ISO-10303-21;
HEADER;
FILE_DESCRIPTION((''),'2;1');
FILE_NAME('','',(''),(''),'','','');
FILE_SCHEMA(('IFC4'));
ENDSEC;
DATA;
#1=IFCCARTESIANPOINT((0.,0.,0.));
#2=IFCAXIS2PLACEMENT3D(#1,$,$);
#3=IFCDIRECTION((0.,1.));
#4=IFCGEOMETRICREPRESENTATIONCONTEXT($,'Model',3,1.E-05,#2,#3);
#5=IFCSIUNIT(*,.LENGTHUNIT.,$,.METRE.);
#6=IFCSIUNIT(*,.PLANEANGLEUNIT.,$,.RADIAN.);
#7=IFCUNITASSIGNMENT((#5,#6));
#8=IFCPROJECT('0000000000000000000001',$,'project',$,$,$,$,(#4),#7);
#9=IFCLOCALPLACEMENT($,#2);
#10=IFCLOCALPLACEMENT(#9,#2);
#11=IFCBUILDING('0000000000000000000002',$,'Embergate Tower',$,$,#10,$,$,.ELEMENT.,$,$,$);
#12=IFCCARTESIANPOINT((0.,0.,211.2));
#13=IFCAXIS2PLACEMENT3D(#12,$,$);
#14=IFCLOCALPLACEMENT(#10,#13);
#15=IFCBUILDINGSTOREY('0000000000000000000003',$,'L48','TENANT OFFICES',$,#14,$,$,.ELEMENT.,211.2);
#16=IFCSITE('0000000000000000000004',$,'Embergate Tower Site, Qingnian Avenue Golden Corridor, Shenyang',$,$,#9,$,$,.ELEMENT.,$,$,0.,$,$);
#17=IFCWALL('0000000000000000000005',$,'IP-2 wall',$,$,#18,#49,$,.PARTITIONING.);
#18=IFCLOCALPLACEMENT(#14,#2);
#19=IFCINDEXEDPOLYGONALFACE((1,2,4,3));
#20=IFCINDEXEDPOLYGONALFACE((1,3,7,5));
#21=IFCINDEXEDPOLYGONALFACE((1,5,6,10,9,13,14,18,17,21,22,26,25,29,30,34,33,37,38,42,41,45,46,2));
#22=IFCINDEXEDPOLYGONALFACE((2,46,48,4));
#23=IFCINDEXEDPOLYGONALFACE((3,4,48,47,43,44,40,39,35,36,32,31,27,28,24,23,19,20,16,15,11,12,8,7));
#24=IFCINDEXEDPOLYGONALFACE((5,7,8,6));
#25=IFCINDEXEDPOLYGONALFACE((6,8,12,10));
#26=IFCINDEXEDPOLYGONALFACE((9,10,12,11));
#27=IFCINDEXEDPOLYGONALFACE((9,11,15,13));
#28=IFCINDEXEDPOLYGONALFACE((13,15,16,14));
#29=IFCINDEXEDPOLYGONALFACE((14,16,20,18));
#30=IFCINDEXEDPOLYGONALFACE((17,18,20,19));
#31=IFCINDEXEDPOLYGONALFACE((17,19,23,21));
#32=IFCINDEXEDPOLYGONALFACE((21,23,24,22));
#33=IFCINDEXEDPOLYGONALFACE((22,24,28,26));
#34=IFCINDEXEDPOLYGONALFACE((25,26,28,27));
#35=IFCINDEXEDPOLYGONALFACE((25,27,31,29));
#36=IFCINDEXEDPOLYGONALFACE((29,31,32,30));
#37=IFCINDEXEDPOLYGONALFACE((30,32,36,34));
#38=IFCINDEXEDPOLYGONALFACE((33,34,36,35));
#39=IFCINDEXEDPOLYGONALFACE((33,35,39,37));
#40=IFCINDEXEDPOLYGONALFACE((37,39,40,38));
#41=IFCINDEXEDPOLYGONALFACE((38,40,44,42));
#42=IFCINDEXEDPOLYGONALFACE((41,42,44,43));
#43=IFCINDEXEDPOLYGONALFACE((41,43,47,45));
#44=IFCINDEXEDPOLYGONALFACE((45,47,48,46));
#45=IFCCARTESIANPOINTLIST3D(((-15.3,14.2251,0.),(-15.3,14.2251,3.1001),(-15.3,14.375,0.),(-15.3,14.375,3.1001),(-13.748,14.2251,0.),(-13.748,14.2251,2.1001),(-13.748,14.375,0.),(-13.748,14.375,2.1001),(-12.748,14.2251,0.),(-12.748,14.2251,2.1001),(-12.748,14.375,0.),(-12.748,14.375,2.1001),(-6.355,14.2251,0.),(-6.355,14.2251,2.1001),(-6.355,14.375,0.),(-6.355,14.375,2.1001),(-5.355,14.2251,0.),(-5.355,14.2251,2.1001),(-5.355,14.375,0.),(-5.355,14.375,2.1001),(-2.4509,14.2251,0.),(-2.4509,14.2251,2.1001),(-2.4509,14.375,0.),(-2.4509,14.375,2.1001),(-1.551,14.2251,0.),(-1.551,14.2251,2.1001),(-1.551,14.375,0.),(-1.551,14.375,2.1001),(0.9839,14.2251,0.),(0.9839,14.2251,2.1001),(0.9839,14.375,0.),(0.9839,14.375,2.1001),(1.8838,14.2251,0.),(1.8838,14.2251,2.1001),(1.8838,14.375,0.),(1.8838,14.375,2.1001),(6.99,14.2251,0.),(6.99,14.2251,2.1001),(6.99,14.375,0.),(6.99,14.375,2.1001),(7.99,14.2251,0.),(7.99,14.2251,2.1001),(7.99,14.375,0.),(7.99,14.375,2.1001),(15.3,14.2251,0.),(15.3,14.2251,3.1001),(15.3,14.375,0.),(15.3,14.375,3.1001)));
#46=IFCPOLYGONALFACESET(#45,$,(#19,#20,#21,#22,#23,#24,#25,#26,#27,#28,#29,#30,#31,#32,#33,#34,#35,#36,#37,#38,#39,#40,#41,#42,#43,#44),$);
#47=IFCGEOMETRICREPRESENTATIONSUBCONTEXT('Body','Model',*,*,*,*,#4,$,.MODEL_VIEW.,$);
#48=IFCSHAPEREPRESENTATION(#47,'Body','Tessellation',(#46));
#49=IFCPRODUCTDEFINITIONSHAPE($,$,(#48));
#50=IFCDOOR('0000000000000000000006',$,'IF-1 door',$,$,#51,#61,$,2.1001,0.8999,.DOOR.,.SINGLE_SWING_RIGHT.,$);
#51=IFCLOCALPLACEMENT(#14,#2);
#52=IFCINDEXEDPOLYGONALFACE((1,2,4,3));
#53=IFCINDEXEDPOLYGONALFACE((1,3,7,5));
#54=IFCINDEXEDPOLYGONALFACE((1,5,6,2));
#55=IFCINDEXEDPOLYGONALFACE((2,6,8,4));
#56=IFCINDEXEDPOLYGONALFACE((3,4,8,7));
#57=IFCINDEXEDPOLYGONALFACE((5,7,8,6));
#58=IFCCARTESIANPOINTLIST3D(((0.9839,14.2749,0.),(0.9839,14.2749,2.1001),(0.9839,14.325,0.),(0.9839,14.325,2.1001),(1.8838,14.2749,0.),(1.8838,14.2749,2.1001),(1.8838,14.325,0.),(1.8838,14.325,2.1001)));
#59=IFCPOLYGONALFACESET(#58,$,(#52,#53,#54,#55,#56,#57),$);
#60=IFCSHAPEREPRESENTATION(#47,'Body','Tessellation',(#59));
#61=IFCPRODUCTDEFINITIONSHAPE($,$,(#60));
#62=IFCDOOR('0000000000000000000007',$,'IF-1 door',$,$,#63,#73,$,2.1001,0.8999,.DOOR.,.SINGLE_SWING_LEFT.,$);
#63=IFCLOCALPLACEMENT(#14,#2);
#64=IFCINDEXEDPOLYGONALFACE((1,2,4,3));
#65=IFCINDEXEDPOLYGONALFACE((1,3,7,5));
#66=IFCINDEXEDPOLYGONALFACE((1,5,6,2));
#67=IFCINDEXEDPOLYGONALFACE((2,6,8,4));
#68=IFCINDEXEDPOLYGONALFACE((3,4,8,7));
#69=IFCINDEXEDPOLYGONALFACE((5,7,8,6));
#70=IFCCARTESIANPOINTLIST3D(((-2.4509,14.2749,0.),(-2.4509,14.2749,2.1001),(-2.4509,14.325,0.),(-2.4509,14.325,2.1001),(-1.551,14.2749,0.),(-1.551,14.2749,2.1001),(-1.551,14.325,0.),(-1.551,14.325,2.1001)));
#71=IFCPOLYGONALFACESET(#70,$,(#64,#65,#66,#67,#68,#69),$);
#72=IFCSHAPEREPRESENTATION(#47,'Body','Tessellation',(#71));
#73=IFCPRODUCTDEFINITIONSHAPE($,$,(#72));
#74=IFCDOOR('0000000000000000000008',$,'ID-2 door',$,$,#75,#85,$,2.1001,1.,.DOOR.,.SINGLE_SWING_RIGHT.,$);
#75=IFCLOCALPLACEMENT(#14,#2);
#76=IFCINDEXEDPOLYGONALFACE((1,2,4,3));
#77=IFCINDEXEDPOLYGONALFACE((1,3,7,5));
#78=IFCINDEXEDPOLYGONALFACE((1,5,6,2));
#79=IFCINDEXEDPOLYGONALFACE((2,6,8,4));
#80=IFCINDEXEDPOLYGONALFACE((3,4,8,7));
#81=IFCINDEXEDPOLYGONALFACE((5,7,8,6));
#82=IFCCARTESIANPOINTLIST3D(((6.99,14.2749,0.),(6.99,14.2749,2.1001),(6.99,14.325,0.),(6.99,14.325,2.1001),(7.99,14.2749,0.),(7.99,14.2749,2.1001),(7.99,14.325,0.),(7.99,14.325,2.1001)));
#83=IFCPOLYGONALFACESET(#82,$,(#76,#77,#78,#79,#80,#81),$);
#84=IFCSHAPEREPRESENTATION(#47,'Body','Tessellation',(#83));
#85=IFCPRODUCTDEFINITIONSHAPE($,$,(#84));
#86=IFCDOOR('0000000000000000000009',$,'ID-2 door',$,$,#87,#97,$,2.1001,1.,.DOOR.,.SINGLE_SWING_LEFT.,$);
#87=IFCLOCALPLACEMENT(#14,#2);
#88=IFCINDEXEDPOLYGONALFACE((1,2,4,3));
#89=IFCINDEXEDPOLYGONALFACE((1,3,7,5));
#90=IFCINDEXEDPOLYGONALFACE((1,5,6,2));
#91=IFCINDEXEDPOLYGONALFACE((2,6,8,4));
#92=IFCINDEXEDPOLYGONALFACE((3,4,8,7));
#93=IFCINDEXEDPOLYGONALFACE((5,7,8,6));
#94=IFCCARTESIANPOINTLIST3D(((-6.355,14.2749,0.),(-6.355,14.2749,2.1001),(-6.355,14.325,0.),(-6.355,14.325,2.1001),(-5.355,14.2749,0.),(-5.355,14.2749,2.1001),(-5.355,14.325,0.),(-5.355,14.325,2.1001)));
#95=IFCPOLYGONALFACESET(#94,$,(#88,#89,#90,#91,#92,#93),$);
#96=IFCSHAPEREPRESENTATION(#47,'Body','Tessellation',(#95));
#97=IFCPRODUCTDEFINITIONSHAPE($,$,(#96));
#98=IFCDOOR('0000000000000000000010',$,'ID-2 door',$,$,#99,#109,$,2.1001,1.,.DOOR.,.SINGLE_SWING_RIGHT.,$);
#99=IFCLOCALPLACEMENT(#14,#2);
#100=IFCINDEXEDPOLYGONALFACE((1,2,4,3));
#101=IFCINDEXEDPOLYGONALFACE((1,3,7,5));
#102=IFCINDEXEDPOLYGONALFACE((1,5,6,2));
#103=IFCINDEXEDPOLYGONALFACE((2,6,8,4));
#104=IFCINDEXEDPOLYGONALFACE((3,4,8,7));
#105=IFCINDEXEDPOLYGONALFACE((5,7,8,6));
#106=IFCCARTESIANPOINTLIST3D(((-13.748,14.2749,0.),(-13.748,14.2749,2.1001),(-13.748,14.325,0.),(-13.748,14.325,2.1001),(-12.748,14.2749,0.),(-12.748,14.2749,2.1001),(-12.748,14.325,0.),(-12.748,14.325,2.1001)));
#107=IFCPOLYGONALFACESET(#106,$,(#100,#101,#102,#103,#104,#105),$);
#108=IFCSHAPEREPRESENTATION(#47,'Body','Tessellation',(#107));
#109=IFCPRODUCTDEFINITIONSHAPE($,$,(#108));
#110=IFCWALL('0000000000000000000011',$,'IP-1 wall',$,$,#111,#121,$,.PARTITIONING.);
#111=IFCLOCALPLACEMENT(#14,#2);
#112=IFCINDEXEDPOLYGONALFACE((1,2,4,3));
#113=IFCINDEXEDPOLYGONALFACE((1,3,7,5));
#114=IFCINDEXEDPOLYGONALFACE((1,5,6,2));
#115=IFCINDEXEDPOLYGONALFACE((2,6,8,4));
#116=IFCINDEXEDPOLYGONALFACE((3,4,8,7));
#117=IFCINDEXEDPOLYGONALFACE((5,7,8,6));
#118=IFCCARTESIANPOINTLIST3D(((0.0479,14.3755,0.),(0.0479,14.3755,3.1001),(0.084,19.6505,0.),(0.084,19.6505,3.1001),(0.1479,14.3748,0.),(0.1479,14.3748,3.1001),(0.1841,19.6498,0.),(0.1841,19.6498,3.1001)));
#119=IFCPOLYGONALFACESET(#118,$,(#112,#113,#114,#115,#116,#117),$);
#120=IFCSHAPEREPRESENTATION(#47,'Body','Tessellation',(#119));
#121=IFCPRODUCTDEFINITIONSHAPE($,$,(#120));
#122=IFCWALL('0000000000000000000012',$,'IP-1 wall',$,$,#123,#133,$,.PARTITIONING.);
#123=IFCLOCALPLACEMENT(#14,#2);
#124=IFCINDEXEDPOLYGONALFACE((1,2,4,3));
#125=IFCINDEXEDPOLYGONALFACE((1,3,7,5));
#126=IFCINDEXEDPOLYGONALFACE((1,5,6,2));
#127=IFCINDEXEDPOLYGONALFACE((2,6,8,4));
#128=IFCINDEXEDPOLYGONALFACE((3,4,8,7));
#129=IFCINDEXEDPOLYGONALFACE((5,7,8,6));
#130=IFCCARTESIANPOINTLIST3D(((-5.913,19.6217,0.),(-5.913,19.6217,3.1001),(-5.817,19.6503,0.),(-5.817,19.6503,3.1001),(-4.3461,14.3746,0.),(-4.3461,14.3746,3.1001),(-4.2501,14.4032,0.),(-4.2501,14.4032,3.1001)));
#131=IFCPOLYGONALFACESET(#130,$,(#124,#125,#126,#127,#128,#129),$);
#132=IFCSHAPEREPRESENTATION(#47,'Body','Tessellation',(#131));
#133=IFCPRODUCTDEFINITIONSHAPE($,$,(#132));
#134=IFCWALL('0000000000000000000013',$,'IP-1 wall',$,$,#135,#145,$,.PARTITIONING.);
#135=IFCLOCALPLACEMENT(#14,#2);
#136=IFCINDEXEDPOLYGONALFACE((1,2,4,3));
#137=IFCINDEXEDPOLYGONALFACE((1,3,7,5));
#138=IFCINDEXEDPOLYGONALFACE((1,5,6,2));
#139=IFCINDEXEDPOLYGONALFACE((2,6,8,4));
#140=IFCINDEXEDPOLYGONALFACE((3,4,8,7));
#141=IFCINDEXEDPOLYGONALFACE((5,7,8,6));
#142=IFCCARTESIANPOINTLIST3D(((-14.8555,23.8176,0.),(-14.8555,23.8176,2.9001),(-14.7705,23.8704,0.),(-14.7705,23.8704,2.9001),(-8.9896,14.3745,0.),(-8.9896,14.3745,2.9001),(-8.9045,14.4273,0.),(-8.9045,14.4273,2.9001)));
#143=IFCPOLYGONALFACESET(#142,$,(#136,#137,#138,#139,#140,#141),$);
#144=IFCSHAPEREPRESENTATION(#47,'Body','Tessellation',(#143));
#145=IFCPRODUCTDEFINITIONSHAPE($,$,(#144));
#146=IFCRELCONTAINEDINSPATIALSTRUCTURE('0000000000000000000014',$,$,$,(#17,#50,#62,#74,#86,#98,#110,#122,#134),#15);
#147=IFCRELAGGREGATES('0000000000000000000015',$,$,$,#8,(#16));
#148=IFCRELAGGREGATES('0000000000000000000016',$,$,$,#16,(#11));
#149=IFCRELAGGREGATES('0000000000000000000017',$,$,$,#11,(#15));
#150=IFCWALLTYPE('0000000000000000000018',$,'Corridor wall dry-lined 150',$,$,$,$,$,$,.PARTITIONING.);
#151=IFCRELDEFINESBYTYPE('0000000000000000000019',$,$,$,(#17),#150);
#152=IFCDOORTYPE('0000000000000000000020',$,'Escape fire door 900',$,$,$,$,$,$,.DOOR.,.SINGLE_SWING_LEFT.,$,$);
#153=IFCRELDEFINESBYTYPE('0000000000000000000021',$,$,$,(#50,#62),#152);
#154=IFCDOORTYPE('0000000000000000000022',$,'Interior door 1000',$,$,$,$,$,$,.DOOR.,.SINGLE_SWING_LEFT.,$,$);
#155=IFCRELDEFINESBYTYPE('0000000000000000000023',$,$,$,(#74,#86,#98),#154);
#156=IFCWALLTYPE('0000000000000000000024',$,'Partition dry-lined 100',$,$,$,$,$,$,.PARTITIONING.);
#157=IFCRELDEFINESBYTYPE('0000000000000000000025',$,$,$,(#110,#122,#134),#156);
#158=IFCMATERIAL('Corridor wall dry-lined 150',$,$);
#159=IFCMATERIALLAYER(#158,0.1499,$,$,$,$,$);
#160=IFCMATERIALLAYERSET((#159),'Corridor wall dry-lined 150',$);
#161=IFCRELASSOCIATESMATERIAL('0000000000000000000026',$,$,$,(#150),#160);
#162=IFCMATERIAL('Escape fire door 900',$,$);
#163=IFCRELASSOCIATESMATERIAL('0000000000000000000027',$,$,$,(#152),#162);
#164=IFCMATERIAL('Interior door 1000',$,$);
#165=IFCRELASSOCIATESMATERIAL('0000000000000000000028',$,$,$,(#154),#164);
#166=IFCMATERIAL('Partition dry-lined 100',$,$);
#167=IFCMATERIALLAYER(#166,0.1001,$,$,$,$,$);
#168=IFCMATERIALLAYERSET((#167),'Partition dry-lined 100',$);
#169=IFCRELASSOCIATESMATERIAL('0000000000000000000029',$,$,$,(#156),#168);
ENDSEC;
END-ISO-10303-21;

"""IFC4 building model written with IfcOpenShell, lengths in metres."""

from ifc_helpers import new_model, si_unit, direction, frame, frame_2d, origin, place, context, subcontext, project, spatial, rectangle, extrude, source, transform, mapped, material, layer, layer_set, type_object, element, fill, save


model = new_model("IFC4")

# Units and contexts
model_context = context("Model", 3, precision=1e-05, world=origin(), true_north=direction((0.0, 1.0)))
body_context = subcontext(model_context, "Body", "Model", "MODEL_VIEW")
ifc_project = project(units=[si_unit("LENGTHUNIT", "METRE"), si_unit("PLANEANGLEUNIT", "RADIAN")], contexts=[model_context])

# Site, building, storey
site_placement = place(None, origin())
site = spatial("IfcSite", under=ifc_project, at=site_placement, Name="Embergate Tower Site, Qingnian Avenue Golden Corridor, Shenyang", CompositionType="ELEMENT", RefElevation=0.0)
building_placement = place(site_placement, origin())
building = spatial("IfcBuilding", under=site, at=building_placement, Name="Embergate Tower", CompositionType="ELEMENT")
storey_placement = place(building_placement, frame((0.0, 0.0, 211.2)))
storey = spatial("IfcBuildingStorey", under=building, at=storey_placement, Name="L48", Description="TENANT OFFICES", CompositionType="ELEMENT", Elevation=211.2)

# Wall, openings, doors
ifc_material_1 = material(Name="Corridor wall dry-lined 150")
ifc_layer_1 = layer(ifc_material_1, 0.1499)
ifc_layer_set_1 = layer_set([ifc_layer_1], Name="Corridor wall dry-lined 150")
wall_type_1 = type_object("IfcWallType", Name="Corridor wall dry-lined 150", PredefinedType="PARTITIONING", material=ifc_layer_set_1)
shared_shape_1 = source(origin(), body_context, "Body", "SweptSolid", [
    extrude(rectangle(XDim=30.6001, YDim=0.1499, at=frame_2d((15.3, 0.0))), origin(), (0.0, 0.0, 1.0), 3.1001),
])
wall_1_placement = place(storey_placement, frame((-15.3, 14.3, 0.0), z_axis=(0.0, 0.0, 1.0), x_axis=(1.0, 0.0, 0.0)))
wall_1 = element("IfcWall", 1, at=wall_1_placement, inside=storey, type_object=wall_type_1, Name="IP-2 wall", PredefinedType="PARTITIONING", context=body_context, shape_type="MappedRepresentation", body=[
    mapped(shared_shape_1, transform((0.0, 0.0, 0.0))),
])
shared_shape_2 = source(origin(), body_context, "Body", "SweptSolid", [
    extrude(rectangle(XDim=1.0, YDim=2.1001, at=frame_2d((0.5, 1.05))), frame((0.0, 0.085, 0.0), z_axis=(0.0, -1.0, 0.0), x_axis=(1.0, 0.0, 0.0)), (0.0, 0.0, 1.0), 0.1699),
])
opening_1_placement = place(wall_1_placement, frame((22.29, 0.0, 0.0)))
opening_1 = element("IfcOpeningElement", 2, at=opening_1_placement, cuts=wall_1, PredefinedType="OPENING", context=body_context, shape_type="MappedRepresentation", body=[
    mapped(shared_shape_2, transform((0.0, 0.0, 0.0))),
])
shared_shape_3 = source(origin(), body_context, "Body", "SweptSolid", [
    extrude(rectangle(XDim=0.8999, YDim=2.1001, at=frame_2d((0.45, 1.05))), frame((0.0, 0.085, 0.0), z_axis=(0.0, -1.0, 0.0), x_axis=(1.0, 0.0, 0.0)), (0.0, 0.0, 1.0), 0.1699),
])
opening_2_placement = place(wall_1_placement, frame((16.2839, 0.0, 0.0)))
opening_2 = element("IfcOpeningElement", 3, at=opening_2_placement, cuts=wall_1, PredefinedType="OPENING", context=body_context, shape_type="MappedRepresentation", body=[
    mapped(shared_shape_3, transform((0.0, 0.0, 0.0))),
])
opening_3_placement = place(wall_1_placement, frame((12.8491, 0.0, 0.0)))
opening_3 = element("IfcOpeningElement", 4, at=opening_3_placement, cuts=wall_1, PredefinedType="OPENING", context=body_context, shape_type="MappedRepresentation", body=[
    mapped(shared_shape_3, transform((0.0, 0.0, 0.0))),
])
opening_4_placement = place(wall_1_placement, frame((8.9451, 0.0, 0.0)))
opening_4 = element("IfcOpeningElement", 5, at=opening_4_placement, cuts=wall_1, PredefinedType="OPENING", context=body_context, shape_type="MappedRepresentation", body=[
    mapped(shared_shape_2, transform((0.0, 0.0, 0.0))),
])
opening_5_placement = place(wall_1_placement, frame((1.552, 0.0, 0.0)))
opening_5 = element("IfcOpeningElement", 6, at=opening_5_placement, cuts=wall_1, PredefinedType="OPENING", context=body_context, shape_type="MappedRepresentation", body=[
    mapped(shared_shape_2, transform((0.0, 0.0, 0.0))),
])
ifc_material_2 = material(Name="Escape fire door 900")
door_type_1 = type_object("IfcDoorType", Name="Escape fire door 900", OperationType="SINGLE_SWING_LEFT", PredefinedType="DOOR", material=ifc_material_2)
shared_shape_4 = source(origin(), body_context, "Body", "SweptSolid", [
    extrude(rectangle(XDim=0.8999, YDim=2.1001, at=frame_2d((0.45, 1.05))), frame((0.0, 0.0249, 0.0), z_axis=(0.0, -1.0, 0.0), x_axis=(1.0, 0.0, 0.0)), (0.0, 0.0, 1.0), 0.05),
])
door_1_placement = place(opening_2_placement, origin())
door_1 = element("IfcDoor", 7, at=door_1_placement, inside=storey, type_object=door_type_1, Name="IF-1 door", OperationType="SINGLE_SWING_RIGHT", OverallHeight=2.1001, OverallWidth=0.8999, PredefinedType="DOOR", context=body_context, shape_type="MappedRepresentation", body=[
    mapped(shared_shape_4, transform((0.0, 0.0, 0.0))),
])
fill(opening_2, door_1)
door_2_placement = place(opening_3_placement, origin())
door_2 = element("IfcDoor", 8, at=door_2_placement, inside=storey, type_object=door_type_1, Name="IF-1 door", OperationType="SINGLE_SWING_LEFT", OverallHeight=2.1001, OverallWidth=0.8999, PredefinedType="DOOR", context=body_context, shape_type="MappedRepresentation", body=[
    mapped(shared_shape_4, transform((0.0, 0.0, 0.0))),
])
fill(opening_3, door_2)
ifc_material_3 = material(Name="Interior door 1000")
door_type_2 = type_object("IfcDoorType", Name="Interior door 1000", OperationType="SINGLE_SWING_LEFT", PredefinedType="DOOR", material=ifc_material_3)
shared_shape_5 = source(origin(), body_context, "Body", "SweptSolid", [
    extrude(rectangle(XDim=1.0, YDim=2.1001, at=frame_2d((0.5, 1.05))), frame((0.0, 0.0249, 0.0), z_axis=(0.0, -1.0, 0.0), x_axis=(1.0, 0.0, 0.0)), (0.0, 0.0, 1.0), 0.05),
])
door_3_placement = place(opening_1_placement, origin())
door_3 = element("IfcDoor", 9, at=door_3_placement, inside=storey, type_object=door_type_2, Name="ID-2 door", OperationType="SINGLE_SWING_RIGHT", OverallHeight=2.1001, OverallWidth=1.0, PredefinedType="DOOR", context=body_context, shape_type="MappedRepresentation", body=[
    mapped(shared_shape_5, transform((0.0, 0.0, 0.0))),
])
fill(opening_1, door_3)
door_4_placement = place(opening_4_placement, origin())
door_4 = element("IfcDoor", 10, at=door_4_placement, inside=storey, type_object=door_type_2, Name="ID-2 door", OperationType="SINGLE_SWING_LEFT", OverallHeight=2.1001, OverallWidth=1.0, PredefinedType="DOOR", context=body_context, shape_type="MappedRepresentation", body=[
    mapped(shared_shape_5, transform((0.0, 0.0, 0.0))),
])
fill(opening_4, door_4)
door_5_placement = place(opening_5_placement, origin())
door_5 = element("IfcDoor", 11, at=door_5_placement, inside=storey, type_object=door_type_2, Name="ID-2 door", OperationType="SINGLE_SWING_RIGHT", OverallHeight=2.1001, OverallWidth=1.0, PredefinedType="DOOR", context=body_context, shape_type="MappedRepresentation", body=[
    mapped(shared_shape_5, transform((0.0, 0.0, 0.0))),
])
fill(opening_5, door_5)

# Walls
ifc_material_4 = material(Name="Partition dry-lined 100")
ifc_layer_2 = layer(ifc_material_4, 0.1001)
ifc_layer_set_2 = layer_set([ifc_layer_2], Name="Partition dry-lined 100")
wall_type_2 = type_object("IfcWallType", Name="Partition dry-lined 100", PredefinedType="PARTITIONING", material=ifc_layer_set_2)
shared_shape_6 = source(origin(), body_context, "Body", "SweptSolid", [
    extrude(rectangle(XDim=5.2751, YDim=0.1001, at=frame_2d((2.6377, 0.0))), origin(), (0.0, 0.0, 1.0), 3.1001),
])
wall_2_placement = place(storey_placement, frame((0.0979, 14.375, 0.0), z_axis=(0.0, 0.0, 1.0), x_axis=(0.00685, 0.999977, 0.0)))
element("IfcWall", 12, at=wall_2_placement, inside=storey, type_object=wall_type_2, Name="IP-1 wall", PredefinedType="PARTITIONING", context=body_context, shape_type="MappedRepresentation", body=[
    mapped(shared_shape_6, transform((0.0, 0.0, 0.0))),
])
shared_shape_7 = source(origin(), body_context, "Body", "SweptSolid", [
    extrude(rectangle(XDim=5.4761, YDim=0.1001, at=frame_2d((2.738, 0.0))), origin(), (0.0, 0.0, 1.0), 3.1001),
])
wall_3_placement = place(storey_placement, frame((-4.2981, 14.3889, 0.0), z_axis=(0.0, 0.0, 1.0), x_axis=(-0.286137, 0.958189, 0.0)))
element("IfcWall", 13, at=wall_3_placement, inside=storey, type_object=wall_type_2, Name="IP-1 wall", PredefinedType="PARTITIONING", context=body_context, shape_type="MappedRepresentation", body=[
    mapped(shared_shape_7, transform((0.0, 0.0, 0.0))),
])
shared_shape_8 = source(origin(), body_context, "Body", "SweptSolid", [
    extrude(rectangle(XDim=11.1167, YDim=0.1001, at=frame_2d((5.5583, 0.0))), origin(), (0.0, 0.0, 1.0), 2.9001),
])
wall_4_placement = place(storey_placement, frame((-14.813, 23.844, 0.0), z_axis=(0.0, 0.0, 1.0), x_axis=(0.52767, -0.84945, 0.0)))
element("IfcWall", 14, at=wall_4_placement, inside=storey, type_object=wall_type_2, Name="IP-1 wall", PredefinedType="PARTITIONING", context=body_context, shape_type="MappedRepresentation", body=[
    mapped(shared_shape_8, transform((0.0, 0.0, 0.0))),
])

save(model, "model.ifc")
